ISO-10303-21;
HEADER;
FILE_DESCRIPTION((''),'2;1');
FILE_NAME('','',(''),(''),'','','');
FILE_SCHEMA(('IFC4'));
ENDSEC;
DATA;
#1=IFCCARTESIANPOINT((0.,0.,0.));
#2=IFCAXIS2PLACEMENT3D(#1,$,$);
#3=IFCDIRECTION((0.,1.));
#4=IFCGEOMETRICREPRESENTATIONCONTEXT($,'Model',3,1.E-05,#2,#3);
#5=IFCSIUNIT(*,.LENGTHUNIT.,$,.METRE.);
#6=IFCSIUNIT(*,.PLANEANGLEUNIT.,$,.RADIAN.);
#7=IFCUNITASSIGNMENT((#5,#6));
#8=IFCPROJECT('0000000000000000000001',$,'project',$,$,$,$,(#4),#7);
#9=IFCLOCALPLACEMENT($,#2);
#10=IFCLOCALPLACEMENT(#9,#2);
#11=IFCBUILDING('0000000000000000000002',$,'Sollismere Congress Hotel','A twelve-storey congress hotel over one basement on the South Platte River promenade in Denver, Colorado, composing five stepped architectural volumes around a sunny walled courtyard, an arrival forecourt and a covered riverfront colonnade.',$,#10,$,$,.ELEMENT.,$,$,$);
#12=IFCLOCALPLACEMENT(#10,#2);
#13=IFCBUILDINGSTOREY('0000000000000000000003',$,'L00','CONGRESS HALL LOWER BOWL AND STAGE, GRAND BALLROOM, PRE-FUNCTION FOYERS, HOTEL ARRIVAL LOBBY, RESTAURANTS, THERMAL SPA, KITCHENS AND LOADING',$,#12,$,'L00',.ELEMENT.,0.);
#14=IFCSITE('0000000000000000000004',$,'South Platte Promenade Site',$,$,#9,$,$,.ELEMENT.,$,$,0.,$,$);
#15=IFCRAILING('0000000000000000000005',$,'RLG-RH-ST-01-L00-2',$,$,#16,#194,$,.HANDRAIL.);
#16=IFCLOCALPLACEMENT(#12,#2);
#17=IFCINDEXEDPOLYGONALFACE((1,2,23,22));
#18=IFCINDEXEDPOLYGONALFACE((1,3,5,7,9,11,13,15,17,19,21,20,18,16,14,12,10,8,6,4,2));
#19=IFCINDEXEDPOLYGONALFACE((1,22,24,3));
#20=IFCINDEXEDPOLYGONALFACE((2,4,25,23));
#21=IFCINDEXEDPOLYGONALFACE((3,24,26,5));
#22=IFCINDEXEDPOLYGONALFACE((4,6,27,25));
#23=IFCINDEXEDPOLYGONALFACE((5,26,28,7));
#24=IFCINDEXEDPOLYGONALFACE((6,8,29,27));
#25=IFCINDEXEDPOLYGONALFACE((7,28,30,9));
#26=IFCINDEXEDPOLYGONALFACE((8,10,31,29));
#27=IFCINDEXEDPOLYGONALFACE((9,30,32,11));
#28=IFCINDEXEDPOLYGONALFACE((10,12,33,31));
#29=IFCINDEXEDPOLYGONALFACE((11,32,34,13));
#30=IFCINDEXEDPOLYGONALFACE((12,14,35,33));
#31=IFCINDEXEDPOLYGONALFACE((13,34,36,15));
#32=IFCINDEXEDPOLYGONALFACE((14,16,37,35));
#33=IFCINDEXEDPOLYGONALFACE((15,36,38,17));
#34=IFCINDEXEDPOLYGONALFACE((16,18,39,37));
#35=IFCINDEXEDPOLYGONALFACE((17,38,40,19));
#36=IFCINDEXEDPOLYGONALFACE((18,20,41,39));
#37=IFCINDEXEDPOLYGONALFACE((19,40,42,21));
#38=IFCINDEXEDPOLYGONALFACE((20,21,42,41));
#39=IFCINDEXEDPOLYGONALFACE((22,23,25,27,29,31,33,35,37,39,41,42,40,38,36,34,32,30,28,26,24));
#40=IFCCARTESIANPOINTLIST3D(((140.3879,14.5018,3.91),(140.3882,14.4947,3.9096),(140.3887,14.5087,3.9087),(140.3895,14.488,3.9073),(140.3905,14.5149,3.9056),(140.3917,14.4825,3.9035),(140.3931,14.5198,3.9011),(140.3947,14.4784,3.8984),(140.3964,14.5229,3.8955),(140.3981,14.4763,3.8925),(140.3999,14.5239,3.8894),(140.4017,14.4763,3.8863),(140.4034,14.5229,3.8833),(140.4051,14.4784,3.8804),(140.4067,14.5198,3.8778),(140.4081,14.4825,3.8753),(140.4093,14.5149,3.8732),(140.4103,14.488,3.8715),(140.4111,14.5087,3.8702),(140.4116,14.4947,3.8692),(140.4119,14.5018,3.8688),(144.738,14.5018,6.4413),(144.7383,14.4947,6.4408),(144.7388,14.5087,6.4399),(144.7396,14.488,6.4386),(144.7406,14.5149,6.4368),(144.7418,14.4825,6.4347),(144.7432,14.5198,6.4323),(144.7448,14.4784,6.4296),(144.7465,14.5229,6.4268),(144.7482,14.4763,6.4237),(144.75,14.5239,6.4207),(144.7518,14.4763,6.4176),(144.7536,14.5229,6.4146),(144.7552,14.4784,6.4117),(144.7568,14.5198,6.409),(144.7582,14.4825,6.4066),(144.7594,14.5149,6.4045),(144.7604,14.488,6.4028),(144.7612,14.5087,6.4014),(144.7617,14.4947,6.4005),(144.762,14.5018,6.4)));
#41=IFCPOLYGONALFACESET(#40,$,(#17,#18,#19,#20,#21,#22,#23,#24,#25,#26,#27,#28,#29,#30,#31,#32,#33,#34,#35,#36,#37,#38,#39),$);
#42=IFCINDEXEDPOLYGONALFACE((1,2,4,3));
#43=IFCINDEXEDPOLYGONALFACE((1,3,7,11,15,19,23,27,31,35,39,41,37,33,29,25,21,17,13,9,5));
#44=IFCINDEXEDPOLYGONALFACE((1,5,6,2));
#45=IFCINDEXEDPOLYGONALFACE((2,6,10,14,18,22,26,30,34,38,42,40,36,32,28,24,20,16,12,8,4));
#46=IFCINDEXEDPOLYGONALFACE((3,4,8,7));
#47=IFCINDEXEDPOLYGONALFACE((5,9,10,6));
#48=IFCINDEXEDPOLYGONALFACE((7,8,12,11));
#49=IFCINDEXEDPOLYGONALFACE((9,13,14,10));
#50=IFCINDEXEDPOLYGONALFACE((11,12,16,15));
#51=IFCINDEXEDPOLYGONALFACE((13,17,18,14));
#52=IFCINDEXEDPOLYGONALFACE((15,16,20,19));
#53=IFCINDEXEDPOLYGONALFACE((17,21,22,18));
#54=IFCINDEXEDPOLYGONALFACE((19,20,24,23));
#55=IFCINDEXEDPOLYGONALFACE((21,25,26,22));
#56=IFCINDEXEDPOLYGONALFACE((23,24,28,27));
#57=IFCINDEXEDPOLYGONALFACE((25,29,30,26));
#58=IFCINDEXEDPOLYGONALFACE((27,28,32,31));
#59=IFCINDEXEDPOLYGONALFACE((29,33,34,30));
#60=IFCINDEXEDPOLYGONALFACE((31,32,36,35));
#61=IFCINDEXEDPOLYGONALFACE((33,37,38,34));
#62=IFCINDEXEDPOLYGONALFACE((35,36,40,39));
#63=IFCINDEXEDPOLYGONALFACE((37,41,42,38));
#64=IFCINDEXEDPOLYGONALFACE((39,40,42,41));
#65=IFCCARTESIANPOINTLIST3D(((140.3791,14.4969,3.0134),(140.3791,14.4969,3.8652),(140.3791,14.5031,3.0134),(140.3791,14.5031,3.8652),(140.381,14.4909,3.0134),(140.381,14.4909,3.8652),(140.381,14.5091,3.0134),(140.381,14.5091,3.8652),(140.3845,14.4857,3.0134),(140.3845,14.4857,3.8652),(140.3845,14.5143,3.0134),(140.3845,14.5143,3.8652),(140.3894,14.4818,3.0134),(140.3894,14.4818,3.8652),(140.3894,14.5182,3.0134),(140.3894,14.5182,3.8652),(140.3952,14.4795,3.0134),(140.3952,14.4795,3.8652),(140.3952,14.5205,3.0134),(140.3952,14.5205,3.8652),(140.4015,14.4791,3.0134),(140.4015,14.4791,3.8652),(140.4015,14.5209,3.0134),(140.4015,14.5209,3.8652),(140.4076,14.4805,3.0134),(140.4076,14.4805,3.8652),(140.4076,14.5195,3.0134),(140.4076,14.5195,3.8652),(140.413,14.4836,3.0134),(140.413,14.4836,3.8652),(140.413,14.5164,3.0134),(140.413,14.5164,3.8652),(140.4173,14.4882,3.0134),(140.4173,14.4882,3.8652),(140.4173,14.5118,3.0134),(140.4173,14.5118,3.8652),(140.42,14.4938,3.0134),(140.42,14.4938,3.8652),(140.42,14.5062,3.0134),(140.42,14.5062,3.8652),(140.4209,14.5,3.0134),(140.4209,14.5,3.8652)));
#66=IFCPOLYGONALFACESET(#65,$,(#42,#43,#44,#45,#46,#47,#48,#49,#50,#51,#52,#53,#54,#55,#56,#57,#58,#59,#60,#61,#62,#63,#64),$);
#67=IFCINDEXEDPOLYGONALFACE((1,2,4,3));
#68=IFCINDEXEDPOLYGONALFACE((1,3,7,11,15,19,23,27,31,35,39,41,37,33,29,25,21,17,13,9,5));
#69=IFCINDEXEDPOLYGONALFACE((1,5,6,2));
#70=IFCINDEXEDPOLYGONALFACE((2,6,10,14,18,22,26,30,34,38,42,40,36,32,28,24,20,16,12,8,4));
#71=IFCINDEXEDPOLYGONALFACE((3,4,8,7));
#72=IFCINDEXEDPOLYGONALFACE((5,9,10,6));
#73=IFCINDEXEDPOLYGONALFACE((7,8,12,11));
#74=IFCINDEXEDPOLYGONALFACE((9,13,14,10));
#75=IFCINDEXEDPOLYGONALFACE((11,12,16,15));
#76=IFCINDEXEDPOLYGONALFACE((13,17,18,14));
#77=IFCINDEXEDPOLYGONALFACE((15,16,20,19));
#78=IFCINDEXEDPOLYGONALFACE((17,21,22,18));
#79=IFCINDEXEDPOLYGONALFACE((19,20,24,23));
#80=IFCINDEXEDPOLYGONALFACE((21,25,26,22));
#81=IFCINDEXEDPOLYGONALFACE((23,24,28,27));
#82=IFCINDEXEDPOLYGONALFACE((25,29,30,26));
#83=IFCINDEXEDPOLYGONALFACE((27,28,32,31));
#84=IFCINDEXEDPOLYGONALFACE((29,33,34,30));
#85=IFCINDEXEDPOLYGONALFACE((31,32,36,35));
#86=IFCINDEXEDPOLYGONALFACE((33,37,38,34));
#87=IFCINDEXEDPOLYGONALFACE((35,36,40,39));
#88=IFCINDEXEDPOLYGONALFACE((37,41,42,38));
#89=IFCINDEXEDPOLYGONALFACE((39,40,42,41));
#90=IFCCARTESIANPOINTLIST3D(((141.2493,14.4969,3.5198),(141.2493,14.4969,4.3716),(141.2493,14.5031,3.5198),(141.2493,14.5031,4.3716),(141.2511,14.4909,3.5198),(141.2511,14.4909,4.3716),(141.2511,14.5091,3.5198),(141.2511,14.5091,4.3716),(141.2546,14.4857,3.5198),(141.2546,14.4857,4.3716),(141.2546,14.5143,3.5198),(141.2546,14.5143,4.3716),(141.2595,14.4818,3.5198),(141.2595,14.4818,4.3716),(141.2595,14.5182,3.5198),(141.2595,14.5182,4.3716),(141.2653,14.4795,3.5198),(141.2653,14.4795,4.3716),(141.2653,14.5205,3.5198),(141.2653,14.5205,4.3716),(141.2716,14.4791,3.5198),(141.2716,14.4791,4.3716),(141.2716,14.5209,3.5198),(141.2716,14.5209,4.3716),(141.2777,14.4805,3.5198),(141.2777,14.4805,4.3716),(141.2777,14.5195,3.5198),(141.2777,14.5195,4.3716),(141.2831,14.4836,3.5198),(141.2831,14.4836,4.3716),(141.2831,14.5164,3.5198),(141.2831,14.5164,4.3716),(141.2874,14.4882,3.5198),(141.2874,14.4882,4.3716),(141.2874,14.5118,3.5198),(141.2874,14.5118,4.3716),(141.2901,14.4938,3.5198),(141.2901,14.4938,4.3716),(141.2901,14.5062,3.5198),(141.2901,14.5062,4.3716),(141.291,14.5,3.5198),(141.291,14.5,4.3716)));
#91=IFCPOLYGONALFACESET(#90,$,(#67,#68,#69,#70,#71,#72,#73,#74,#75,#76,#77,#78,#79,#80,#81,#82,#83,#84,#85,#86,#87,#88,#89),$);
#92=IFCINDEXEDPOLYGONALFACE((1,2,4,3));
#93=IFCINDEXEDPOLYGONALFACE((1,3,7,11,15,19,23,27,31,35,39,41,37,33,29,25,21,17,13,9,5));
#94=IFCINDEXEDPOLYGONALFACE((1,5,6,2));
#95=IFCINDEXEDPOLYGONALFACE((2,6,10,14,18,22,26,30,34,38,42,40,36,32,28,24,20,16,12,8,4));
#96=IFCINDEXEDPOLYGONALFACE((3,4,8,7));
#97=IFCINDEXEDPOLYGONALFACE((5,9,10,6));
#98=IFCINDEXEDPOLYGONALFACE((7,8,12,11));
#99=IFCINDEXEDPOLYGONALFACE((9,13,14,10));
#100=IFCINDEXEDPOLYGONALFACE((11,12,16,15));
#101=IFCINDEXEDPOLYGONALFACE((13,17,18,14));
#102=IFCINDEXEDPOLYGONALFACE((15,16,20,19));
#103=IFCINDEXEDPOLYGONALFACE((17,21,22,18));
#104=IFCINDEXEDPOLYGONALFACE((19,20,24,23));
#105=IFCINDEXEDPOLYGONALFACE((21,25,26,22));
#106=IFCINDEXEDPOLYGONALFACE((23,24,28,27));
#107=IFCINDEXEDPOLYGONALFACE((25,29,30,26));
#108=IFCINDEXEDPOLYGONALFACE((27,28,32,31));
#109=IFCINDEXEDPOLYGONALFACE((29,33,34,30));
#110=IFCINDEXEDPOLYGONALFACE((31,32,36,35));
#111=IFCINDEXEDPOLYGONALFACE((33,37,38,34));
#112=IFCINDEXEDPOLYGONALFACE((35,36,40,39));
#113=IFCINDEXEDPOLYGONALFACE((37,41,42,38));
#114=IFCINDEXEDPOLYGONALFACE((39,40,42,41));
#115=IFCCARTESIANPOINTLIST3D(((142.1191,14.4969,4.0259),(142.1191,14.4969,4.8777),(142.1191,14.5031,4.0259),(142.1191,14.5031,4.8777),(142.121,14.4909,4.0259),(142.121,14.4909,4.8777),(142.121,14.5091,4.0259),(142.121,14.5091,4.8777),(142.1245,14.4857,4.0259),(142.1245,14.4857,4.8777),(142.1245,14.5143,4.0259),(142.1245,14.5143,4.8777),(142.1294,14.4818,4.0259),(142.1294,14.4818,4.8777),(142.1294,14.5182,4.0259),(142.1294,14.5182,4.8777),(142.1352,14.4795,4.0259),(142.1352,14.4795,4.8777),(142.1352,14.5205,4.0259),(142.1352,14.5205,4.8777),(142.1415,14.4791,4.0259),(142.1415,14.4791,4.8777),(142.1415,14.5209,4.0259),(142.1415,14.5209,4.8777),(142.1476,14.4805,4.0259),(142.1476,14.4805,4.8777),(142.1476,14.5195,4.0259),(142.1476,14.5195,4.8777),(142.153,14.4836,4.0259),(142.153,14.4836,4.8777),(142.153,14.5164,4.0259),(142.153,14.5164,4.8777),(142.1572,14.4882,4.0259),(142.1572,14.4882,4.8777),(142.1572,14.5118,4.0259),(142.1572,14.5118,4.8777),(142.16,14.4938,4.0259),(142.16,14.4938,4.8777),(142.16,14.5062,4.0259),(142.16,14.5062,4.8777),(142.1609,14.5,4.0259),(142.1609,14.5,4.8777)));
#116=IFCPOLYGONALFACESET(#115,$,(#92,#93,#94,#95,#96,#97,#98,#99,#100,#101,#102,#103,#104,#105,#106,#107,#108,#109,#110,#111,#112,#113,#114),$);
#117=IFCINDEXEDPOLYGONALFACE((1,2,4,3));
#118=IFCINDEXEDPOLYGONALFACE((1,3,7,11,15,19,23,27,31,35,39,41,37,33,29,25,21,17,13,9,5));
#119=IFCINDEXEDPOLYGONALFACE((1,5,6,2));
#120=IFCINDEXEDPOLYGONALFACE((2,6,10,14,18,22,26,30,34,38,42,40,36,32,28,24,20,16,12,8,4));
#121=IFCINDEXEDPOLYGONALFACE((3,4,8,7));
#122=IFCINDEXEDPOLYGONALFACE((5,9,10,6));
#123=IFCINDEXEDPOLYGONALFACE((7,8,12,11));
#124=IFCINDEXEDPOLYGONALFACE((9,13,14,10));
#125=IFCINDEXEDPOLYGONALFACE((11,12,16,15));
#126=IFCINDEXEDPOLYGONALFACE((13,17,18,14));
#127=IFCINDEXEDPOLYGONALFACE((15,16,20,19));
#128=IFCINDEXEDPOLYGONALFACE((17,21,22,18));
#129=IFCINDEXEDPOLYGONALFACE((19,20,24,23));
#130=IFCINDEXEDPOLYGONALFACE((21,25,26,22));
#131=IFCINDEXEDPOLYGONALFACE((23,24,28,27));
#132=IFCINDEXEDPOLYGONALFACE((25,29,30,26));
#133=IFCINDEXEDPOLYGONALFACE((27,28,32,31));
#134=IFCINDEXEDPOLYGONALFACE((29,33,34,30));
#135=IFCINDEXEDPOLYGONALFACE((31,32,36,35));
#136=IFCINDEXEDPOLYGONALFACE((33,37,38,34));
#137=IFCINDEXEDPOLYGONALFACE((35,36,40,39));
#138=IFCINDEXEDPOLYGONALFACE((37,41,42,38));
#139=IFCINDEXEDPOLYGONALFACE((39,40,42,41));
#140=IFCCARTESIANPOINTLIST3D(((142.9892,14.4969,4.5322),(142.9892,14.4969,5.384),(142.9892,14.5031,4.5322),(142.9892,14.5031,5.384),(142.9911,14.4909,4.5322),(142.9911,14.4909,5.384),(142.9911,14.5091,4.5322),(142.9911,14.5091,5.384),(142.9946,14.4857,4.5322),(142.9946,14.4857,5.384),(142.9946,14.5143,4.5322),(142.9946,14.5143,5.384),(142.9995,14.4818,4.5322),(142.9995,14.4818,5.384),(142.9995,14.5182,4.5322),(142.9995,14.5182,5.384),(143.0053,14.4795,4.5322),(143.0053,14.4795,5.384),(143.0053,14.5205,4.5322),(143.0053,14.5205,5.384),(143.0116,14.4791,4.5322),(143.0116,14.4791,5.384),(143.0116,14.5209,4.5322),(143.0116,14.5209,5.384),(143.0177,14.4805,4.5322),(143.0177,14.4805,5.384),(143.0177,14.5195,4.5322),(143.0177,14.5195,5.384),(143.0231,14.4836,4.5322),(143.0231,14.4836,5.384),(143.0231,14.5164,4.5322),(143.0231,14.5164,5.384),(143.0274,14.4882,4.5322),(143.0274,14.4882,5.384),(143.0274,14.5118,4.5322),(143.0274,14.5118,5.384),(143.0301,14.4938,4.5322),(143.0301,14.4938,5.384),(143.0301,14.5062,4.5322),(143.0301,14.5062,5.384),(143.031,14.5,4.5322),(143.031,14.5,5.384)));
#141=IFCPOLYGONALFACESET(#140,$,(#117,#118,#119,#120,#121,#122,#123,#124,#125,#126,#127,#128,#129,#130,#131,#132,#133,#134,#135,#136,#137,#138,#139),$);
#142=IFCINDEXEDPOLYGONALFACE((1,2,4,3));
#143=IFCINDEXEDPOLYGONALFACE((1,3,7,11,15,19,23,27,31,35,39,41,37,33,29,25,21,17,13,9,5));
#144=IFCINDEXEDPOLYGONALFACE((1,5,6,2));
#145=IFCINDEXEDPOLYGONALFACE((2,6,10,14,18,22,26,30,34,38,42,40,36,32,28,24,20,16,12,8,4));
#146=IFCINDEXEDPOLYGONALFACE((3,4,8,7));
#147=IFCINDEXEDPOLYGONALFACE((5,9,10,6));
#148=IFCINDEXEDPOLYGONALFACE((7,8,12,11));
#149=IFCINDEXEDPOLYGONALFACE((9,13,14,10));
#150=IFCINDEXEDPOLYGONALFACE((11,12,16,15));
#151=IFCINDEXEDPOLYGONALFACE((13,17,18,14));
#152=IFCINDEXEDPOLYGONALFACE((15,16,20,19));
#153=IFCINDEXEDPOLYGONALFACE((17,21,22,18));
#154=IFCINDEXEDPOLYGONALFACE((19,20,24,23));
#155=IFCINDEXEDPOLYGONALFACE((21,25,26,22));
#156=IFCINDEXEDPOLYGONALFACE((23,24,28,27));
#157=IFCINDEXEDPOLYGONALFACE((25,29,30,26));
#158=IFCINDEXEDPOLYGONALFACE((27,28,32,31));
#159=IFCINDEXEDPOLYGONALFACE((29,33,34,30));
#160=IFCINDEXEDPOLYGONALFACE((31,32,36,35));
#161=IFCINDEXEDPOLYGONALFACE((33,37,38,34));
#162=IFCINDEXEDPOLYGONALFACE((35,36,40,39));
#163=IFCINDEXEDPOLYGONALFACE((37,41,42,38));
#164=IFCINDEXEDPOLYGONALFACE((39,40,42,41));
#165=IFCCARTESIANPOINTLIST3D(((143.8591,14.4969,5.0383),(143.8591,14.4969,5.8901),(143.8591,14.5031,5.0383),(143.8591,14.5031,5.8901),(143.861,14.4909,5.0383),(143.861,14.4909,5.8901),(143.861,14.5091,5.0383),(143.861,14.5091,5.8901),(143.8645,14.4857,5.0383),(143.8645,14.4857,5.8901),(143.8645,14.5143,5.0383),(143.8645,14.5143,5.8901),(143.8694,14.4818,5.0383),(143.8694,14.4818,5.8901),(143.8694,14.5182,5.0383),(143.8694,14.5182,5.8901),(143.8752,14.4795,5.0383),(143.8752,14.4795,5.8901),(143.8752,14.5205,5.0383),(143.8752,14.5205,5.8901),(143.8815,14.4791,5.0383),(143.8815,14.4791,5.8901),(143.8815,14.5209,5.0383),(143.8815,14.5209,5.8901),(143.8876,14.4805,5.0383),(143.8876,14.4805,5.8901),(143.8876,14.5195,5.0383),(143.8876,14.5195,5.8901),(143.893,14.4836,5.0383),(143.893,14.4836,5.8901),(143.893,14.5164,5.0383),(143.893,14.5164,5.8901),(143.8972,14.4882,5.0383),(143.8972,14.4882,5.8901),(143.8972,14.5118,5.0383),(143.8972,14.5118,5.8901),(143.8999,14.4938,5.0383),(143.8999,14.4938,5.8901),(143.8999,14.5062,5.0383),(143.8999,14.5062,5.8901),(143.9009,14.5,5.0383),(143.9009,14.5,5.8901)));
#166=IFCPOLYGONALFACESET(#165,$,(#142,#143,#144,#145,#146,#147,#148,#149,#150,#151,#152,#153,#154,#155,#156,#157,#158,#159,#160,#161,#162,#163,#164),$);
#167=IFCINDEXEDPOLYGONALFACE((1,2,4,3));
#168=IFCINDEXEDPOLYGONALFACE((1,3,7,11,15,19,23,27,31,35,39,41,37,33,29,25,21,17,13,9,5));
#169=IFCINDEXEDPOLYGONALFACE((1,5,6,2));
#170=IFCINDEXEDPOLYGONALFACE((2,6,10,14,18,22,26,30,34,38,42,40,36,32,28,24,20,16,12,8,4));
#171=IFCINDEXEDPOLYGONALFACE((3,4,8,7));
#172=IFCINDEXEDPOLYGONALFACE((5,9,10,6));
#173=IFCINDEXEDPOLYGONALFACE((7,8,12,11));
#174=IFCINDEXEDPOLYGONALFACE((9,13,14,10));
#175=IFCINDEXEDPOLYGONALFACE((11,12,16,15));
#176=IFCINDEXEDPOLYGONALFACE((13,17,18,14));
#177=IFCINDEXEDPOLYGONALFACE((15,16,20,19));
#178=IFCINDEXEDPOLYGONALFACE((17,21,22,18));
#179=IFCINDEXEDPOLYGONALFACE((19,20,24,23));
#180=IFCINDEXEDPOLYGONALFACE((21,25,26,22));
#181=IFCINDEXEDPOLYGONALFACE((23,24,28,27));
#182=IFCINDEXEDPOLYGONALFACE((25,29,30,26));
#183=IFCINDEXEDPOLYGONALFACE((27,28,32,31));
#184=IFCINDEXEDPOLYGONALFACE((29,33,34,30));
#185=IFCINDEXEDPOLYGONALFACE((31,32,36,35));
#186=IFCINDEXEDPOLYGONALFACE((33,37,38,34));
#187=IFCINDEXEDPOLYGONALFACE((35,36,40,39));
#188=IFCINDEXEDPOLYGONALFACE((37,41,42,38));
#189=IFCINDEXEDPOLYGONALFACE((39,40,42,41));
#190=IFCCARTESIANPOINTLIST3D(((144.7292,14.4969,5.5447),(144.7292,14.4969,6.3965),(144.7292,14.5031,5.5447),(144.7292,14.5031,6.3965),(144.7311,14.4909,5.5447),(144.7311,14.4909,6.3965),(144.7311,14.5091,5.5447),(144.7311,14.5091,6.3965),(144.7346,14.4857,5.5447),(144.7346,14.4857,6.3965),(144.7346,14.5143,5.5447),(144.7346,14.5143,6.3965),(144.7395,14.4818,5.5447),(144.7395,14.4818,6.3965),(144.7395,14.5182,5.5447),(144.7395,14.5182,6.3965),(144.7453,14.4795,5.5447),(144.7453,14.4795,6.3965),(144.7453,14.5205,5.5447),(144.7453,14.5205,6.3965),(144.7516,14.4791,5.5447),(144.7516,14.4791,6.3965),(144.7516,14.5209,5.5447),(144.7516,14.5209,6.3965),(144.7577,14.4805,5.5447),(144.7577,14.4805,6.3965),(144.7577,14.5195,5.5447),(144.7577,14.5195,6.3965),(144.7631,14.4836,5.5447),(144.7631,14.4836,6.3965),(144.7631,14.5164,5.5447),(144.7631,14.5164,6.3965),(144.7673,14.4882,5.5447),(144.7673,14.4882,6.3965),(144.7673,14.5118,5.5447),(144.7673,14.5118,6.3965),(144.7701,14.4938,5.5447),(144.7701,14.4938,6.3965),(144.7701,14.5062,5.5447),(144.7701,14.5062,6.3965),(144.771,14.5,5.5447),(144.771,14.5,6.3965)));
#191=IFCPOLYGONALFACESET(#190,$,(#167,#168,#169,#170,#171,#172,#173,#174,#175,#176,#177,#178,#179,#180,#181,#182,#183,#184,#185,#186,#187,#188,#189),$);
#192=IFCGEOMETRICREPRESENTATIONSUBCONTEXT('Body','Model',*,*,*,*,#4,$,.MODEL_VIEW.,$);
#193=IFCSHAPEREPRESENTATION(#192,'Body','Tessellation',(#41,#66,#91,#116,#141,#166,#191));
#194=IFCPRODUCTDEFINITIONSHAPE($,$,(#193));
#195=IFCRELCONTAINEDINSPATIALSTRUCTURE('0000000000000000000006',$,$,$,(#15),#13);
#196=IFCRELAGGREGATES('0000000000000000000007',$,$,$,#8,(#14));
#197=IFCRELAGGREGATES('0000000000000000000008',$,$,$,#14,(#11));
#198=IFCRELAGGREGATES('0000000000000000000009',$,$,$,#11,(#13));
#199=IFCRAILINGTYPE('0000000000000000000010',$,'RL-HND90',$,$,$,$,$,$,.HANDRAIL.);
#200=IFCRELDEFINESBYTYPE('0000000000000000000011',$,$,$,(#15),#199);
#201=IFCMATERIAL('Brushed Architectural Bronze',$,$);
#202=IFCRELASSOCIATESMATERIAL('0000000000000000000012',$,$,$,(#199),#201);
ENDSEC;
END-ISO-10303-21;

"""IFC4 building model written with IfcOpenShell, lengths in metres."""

from ifc_helpers import new_model, si_unit, direction, frame, origin, origin_2d, place, context, subcontext, project, spatial, circle, extrude, material, type_object, element, save


model = new_model("IFC4")

# Units and contexts
model_context = context("Model", 3, precision=1e-05, world=origin(), true_north=direction((0.0, 1.0)))
body_context = subcontext(model_context, "Body", "Model", "MODEL_VIEW")
ifc_project = project(units=[si_unit("LENGTHUNIT", "METRE"), si_unit("PLANEANGLEUNIT", "RADIAN")], contexts=[model_context])

# Site, building, storey
site_placement = place(None, origin())
site = spatial("IfcSite", under=ifc_project, at=site_placement, Name="South Platte Promenade Site", CompositionType="ELEMENT", RefElevation=0.0)
building_placement = place(site_placement, origin())
building = spatial("IfcBuilding", under=site, at=building_placement, Name="Sollismere Congress Hotel", Description="A twelve-storey congress hotel over one basement on the South Platte River promenade in Denver, Colorado, composing five stepped architectural volumes around a sunny walled courtyard, an arrival forecourt and a covered riverfront colonnade.", CompositionType="ELEMENT")
storey_placement = place(building_placement, origin())
storey = spatial("IfcBuildingStorey", under=building, at=storey_placement, Name="L00", Description="CONGRESS HALL LOWER BOWL AND STAGE, GRAND BALLROOM, PRE-FUNCTION FOYERS, HOTEL ARRIVAL LOBBY, RESTAURANTS, THERMAL SPA, KITCHENS AND LOADING", LongName="L00", CompositionType="ELEMENT", Elevation=0.0)

# Railing
ifc_material_1 = material(Name="Brushed Architectural Bronze")
railing_type = type_object("IfcRailingType", Name="RL-HND90", PredefinedType="HANDRAIL", material=ifc_material_1)
railing_placement = place(storey_placement, frame((140.3999, 14.5, 3.0134)))
element("IfcRailing", 1, at=railing_placement, inside=storey, type_object=railing_type, Name="RLG-RH-ST-01-L00-2", PredefinedType="HANDRAIL", context=body_context, shape_type="SweptSolid", body=[
    extrude(circle(Radius=0.0239, at=origin_2d()), frame((0.0, 0.0, 0.876), z_axis=(0.864324, 0.0, 0.502936), x_axis=(0.0, 1.0, 0.0)), (0.0, 0.0, 1.0), 5.033),
    extrude(circle(Radius=0.021, at=origin_2d()), origin(), (0.0, 0.0, 1.0), 0.8518),
    extrude(circle(Radius=0.021, at=origin_2d()), frame((0.8701, 0.0, 0.5063)), (0.0, 0.0, 1.0), 0.8518),
    extrude(circle(Radius=0.021, at=origin_2d()), frame((1.74, 0.0, 1.0125)), (0.0, 0.0, 1.0), 0.8518),
    extrude(circle(Radius=0.021, at=origin_2d()), frame((2.6101, 0.0, 1.5188)), (0.0, 0.0, 1.0), 0.8518),
    extrude(circle(Radius=0.021, at=origin_2d()), frame((3.48, 0.0, 2.0249)), (0.0, 0.0, 1.0), 0.8518),
    extrude(circle(Radius=0.021, at=origin_2d()), frame((4.3501, 0.0, 2.5312)), (0.0, 0.0, 1.0), 0.8518),
])

save(model, "model.ifc")
